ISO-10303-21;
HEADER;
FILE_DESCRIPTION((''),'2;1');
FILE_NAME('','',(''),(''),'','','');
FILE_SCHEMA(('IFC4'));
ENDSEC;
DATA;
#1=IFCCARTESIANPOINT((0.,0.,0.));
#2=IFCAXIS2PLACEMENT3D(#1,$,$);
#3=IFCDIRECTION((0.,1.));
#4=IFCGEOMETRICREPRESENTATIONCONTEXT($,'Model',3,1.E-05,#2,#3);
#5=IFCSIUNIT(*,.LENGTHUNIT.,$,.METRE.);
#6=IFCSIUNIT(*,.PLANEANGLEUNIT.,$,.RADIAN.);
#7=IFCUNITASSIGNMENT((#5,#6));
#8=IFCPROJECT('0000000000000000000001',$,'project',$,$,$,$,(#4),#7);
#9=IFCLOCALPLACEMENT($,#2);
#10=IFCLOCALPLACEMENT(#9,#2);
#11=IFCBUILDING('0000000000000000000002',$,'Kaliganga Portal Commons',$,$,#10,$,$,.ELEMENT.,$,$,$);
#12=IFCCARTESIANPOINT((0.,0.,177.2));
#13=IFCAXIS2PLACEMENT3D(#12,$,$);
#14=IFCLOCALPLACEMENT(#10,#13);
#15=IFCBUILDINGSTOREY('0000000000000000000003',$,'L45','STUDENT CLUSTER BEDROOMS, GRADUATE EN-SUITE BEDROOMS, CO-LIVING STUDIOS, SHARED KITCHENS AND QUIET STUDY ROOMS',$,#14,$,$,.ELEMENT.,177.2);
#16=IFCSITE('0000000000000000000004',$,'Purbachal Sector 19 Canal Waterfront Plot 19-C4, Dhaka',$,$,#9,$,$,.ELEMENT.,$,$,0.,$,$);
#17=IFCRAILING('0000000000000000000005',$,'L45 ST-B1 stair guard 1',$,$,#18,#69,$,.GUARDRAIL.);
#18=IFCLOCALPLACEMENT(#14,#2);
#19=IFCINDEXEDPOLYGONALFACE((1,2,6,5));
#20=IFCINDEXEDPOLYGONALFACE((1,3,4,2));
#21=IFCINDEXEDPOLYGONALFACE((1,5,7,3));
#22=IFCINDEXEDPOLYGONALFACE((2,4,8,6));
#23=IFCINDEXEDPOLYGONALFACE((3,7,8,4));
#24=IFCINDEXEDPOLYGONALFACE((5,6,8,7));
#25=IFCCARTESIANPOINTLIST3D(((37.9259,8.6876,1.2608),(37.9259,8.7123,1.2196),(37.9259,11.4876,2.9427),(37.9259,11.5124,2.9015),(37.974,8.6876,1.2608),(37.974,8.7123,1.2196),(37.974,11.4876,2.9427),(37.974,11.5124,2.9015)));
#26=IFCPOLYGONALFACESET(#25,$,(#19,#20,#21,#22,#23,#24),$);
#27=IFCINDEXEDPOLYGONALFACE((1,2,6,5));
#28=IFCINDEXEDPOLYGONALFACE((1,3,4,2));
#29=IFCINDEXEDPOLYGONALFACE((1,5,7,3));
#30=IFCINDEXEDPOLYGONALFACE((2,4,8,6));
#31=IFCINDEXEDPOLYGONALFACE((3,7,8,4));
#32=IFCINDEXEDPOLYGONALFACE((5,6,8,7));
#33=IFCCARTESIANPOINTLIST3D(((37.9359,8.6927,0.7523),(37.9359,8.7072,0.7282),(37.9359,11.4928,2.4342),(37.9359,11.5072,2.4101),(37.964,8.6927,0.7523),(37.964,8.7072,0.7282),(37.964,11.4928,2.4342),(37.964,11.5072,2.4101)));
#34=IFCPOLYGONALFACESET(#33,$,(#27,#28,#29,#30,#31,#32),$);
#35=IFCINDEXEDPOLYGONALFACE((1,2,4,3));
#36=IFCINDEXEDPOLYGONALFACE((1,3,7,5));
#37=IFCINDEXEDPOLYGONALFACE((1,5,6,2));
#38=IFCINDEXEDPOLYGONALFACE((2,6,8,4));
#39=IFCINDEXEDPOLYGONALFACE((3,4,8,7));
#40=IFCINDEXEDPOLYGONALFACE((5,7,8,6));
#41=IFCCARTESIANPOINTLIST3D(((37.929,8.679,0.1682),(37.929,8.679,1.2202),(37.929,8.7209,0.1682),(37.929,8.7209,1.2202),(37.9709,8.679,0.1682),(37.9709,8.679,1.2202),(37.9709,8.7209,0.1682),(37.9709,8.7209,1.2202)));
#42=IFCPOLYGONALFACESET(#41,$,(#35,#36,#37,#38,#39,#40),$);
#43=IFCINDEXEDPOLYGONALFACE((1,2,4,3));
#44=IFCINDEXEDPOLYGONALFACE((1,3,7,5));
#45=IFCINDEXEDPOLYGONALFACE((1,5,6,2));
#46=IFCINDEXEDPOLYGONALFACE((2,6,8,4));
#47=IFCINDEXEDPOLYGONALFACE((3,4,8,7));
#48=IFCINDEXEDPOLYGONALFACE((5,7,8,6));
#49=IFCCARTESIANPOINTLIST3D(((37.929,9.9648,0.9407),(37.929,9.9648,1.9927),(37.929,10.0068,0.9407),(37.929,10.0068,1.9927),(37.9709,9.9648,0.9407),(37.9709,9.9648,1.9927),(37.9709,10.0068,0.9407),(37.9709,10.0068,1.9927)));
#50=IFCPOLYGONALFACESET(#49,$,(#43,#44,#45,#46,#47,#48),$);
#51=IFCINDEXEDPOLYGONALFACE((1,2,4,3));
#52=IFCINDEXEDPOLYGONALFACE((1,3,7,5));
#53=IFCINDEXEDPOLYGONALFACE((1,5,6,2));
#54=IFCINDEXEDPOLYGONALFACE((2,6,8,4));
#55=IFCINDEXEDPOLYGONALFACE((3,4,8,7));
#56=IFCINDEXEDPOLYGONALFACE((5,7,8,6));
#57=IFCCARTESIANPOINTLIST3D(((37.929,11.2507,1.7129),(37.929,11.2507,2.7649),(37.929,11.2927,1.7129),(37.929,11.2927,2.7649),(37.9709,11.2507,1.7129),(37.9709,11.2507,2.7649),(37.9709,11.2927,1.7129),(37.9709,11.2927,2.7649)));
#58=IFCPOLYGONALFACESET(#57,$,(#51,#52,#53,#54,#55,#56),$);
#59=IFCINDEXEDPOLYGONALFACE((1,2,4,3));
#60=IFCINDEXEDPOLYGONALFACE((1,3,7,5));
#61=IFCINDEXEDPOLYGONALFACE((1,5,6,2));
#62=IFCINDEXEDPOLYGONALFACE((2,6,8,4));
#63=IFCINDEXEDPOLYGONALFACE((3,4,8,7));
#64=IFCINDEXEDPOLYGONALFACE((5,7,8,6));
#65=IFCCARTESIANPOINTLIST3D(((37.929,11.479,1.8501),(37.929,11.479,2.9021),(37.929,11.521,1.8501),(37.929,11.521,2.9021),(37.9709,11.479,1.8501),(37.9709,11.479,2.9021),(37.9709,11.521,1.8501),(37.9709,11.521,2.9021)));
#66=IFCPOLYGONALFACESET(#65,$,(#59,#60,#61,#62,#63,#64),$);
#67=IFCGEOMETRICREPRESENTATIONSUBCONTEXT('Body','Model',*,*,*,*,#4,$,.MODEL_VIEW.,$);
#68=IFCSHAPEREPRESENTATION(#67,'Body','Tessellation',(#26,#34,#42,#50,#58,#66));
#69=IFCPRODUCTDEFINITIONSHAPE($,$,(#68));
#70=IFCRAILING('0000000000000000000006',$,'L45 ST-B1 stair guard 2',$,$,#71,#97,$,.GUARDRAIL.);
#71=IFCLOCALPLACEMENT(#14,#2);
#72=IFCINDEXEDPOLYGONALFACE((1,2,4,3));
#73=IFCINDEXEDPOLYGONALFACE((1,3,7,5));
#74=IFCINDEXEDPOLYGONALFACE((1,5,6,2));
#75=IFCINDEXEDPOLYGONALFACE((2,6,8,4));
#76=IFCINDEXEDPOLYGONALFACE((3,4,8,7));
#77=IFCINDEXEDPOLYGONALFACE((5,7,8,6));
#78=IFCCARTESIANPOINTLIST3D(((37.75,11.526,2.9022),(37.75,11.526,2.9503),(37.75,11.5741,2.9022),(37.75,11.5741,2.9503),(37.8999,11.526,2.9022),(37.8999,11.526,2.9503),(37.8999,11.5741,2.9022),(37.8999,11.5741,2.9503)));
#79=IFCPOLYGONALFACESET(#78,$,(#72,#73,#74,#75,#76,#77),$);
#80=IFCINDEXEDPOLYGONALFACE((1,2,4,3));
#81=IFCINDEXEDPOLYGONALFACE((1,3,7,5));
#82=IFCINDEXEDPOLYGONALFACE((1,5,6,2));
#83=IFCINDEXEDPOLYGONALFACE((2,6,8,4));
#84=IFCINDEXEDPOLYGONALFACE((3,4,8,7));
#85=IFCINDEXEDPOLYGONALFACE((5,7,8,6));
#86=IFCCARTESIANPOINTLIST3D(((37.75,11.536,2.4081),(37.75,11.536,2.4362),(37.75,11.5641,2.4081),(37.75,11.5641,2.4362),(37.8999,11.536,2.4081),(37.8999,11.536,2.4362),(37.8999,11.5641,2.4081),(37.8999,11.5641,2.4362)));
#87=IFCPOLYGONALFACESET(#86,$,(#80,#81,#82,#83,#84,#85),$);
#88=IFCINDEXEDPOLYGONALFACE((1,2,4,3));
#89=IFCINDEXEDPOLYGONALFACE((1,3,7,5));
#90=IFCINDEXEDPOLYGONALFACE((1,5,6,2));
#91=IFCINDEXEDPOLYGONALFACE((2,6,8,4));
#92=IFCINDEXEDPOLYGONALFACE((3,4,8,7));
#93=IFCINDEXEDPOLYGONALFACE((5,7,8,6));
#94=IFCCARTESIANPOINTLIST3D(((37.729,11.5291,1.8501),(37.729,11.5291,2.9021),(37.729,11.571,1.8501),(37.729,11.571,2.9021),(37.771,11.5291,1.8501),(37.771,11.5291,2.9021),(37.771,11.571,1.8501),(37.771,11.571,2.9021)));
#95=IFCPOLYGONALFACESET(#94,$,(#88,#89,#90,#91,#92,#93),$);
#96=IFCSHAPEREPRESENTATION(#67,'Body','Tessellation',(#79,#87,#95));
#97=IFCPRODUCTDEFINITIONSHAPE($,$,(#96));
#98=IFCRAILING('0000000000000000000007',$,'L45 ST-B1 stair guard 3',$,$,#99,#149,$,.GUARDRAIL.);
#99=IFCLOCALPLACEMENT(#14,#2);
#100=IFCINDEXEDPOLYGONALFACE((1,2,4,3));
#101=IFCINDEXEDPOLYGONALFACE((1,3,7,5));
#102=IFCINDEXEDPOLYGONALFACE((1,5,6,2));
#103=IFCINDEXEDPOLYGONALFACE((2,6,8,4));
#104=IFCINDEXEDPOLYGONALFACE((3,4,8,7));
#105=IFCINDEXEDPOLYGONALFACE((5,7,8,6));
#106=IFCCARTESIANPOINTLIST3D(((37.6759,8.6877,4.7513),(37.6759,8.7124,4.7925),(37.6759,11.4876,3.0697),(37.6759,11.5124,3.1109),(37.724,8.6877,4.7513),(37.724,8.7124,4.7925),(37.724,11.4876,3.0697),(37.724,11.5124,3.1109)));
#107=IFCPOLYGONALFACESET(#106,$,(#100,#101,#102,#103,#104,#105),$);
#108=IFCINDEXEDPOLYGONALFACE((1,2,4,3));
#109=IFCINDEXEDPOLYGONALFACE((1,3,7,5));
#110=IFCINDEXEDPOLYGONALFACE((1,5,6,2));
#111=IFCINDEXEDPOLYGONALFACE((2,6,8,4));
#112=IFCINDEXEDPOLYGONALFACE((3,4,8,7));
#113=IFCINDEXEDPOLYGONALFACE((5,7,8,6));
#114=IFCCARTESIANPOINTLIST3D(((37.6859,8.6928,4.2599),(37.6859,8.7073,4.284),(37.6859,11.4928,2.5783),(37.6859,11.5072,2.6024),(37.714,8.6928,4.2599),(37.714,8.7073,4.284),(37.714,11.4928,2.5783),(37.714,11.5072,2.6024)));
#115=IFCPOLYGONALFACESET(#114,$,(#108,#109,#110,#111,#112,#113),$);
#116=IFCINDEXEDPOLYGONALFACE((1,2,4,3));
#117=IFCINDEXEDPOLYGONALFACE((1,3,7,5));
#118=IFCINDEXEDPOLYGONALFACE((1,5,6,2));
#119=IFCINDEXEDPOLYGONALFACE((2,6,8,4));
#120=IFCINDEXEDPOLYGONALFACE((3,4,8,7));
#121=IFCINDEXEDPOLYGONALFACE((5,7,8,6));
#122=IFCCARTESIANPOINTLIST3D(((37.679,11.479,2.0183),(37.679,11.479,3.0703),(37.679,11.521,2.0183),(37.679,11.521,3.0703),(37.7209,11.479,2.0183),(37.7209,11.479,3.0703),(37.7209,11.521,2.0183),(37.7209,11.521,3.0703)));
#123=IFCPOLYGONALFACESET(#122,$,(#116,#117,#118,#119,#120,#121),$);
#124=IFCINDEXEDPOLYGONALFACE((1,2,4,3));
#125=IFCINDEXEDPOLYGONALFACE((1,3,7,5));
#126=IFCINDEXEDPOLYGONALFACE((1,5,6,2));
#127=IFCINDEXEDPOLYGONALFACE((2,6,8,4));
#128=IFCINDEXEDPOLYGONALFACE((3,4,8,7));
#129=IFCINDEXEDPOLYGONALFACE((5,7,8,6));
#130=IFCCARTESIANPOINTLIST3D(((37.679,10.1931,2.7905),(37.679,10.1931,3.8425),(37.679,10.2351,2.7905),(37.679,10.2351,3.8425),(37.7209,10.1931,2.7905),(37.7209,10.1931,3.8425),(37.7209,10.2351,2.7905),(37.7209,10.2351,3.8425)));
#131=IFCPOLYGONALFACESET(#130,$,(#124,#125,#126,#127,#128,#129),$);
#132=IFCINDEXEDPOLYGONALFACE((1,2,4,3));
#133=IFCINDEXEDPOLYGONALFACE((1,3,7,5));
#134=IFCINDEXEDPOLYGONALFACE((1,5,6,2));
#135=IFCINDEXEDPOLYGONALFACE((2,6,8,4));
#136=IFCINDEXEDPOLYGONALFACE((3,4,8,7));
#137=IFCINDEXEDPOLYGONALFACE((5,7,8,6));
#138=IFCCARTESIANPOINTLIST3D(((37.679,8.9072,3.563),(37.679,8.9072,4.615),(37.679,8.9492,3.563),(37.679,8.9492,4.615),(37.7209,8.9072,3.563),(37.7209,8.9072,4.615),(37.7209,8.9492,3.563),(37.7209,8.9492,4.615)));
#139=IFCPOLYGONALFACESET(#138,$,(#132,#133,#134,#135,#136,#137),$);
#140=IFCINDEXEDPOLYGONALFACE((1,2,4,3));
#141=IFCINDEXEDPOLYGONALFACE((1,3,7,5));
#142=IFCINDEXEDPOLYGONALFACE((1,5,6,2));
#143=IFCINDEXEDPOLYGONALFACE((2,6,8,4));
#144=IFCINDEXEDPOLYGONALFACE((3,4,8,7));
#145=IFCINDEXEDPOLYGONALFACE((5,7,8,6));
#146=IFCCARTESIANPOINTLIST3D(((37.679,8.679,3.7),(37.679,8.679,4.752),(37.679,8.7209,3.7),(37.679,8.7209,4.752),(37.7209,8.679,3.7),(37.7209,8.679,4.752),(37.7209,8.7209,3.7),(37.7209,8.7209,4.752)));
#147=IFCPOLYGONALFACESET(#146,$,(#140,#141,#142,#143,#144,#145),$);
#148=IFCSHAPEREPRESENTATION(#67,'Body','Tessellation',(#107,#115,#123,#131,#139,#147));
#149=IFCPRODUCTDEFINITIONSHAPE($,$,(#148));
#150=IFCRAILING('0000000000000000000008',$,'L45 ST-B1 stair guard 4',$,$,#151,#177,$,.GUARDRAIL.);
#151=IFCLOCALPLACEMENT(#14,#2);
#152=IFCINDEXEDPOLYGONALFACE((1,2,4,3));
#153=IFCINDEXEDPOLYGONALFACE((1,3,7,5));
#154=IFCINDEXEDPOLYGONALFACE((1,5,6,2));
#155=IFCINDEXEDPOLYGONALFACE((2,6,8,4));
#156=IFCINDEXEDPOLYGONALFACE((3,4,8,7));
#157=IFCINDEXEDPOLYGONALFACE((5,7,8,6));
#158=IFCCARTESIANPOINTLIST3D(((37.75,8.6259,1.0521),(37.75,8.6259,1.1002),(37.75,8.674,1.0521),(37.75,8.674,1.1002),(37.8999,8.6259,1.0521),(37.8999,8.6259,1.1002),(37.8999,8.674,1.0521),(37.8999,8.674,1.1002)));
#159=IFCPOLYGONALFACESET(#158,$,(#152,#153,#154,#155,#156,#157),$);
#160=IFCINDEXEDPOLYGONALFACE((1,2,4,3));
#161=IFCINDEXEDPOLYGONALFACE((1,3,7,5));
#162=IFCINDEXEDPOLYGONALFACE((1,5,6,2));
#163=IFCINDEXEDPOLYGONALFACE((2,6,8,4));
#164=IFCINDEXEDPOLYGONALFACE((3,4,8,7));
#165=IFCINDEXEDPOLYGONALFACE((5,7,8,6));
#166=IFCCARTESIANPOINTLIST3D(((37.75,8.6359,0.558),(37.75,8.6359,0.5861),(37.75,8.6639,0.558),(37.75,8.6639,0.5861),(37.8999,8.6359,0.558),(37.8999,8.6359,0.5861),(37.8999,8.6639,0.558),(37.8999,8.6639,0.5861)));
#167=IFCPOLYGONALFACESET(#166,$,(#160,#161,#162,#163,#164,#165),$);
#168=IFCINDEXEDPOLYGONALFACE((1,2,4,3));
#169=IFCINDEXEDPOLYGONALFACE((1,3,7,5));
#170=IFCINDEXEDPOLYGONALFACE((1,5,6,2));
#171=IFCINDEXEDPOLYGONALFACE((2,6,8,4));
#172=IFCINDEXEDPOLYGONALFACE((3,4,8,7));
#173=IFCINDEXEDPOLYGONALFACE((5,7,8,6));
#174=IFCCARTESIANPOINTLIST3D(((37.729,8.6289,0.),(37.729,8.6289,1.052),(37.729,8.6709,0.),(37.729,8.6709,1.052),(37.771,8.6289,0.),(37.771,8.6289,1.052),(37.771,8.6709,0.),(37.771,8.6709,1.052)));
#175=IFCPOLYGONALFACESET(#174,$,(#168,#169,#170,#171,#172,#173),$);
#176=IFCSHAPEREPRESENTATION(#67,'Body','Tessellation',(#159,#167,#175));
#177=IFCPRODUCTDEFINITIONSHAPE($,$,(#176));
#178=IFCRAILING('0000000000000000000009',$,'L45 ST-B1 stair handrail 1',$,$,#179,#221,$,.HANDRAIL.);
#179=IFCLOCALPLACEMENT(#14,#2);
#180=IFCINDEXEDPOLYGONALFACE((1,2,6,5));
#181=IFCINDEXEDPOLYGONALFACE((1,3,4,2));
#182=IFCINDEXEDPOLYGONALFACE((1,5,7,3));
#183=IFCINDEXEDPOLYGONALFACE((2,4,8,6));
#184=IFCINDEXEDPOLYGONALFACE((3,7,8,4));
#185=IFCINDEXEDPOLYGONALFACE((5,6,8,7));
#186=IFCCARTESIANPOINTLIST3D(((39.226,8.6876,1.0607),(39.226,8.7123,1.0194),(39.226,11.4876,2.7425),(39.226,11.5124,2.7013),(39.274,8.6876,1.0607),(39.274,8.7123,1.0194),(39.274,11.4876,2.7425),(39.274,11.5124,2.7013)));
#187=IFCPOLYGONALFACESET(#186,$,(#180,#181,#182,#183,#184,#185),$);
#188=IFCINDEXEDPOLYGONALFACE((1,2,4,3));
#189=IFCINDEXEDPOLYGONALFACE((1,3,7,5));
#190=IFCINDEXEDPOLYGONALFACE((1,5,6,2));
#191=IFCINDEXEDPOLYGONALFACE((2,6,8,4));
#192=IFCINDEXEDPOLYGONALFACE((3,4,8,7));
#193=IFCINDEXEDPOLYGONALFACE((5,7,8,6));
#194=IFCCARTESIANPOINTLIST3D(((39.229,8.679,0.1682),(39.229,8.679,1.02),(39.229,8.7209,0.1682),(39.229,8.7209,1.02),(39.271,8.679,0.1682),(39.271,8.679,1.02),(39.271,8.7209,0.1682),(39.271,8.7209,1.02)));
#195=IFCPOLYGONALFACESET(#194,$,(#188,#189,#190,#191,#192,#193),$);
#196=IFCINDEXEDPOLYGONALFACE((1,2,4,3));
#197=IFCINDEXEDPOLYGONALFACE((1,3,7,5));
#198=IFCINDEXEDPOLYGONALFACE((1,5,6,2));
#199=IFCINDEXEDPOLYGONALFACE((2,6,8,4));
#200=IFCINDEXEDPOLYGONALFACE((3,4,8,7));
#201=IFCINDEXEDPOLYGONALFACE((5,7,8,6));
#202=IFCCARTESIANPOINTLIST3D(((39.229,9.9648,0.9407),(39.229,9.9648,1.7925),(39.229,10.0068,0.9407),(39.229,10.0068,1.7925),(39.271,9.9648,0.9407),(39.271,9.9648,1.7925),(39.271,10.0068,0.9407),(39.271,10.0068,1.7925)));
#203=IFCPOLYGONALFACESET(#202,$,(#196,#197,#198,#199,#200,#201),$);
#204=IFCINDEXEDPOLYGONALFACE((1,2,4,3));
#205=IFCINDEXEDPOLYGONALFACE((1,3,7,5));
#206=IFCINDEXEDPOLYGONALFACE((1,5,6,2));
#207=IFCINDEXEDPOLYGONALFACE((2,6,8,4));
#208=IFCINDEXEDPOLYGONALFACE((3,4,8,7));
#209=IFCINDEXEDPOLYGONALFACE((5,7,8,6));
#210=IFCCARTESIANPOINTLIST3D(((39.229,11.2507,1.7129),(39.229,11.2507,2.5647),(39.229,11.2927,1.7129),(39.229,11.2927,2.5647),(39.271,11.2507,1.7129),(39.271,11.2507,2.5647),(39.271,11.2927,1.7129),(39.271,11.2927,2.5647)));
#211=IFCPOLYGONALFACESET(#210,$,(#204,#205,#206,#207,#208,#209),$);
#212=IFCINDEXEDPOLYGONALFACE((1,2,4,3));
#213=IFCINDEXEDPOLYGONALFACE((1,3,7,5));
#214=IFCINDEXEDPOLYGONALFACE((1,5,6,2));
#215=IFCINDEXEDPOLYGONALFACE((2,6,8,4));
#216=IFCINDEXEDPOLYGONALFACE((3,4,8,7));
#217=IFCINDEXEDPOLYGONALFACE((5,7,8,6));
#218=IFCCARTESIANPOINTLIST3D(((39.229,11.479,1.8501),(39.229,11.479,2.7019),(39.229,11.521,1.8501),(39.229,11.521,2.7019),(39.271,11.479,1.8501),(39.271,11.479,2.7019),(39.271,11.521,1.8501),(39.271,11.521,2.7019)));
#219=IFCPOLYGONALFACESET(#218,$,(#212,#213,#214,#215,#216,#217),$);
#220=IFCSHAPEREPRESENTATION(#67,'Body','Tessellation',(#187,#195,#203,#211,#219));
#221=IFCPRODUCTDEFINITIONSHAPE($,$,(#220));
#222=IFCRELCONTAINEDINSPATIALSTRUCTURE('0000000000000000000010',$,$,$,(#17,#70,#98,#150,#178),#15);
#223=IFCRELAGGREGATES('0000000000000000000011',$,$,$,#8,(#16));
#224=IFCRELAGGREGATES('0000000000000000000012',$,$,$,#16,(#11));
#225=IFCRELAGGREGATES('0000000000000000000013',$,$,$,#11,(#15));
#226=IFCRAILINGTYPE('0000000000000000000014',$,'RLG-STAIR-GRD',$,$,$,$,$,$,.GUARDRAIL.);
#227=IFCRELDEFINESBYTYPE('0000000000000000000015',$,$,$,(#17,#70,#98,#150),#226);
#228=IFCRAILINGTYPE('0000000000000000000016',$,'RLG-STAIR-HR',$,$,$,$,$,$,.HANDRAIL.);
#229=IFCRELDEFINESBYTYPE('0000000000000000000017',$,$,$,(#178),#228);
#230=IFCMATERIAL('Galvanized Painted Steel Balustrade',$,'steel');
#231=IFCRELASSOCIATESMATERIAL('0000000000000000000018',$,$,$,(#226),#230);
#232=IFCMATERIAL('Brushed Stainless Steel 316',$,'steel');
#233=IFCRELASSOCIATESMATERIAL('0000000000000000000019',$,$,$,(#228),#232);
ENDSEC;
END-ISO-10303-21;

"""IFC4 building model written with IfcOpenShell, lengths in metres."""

from ifc_helpers import new_model, si_unit, direction, frame, origin, origin_2d, place, context, subcontext, project, spatial, rectangle, extrude, material, type_object, element, save


model = new_model("IFC4")

# Units and contexts
model_context = context("Model", 3, precision=1e-05, world=origin(), true_north=direction((0.0, 1.0)))
body_context = subcontext(model_context, "Body", "Model", "MODEL_VIEW")
ifc_project = project(units=[si_unit("LENGTHUNIT", "METRE"), si_unit("PLANEANGLEUNIT", "RADIAN")], contexts=[model_context])

# Site, building, storey
site_placement = place(None, origin())
site = spatial("IfcSite", under=ifc_project, at=site_placement, Name="Purbachal Sector 19 Canal Waterfront Plot 19-C4, Dhaka", CompositionType="ELEMENT", RefElevation=0.0)
building_placement = place(site_placement, origin())
building = spatial("IfcBuilding", under=site, at=building_placement, Name="Kaliganga Portal Commons", CompositionType="ELEMENT")
storey_placement = place(building_placement, frame((0.0, 0.0, 177.2)))
storey = spatial("IfcBuildingStorey", under=building, at=storey_placement, Name="L45", Description="STUDENT CLUSTER BEDROOMS, GRADUATE EN-SUITE BEDROOMS, CO-LIVING STUDIOS, SHARED KITCHENS AND QUIET STUDY ROOMS", CompositionType="ELEMENT", Elevation=177.2)

# Railings
ifc_material_1 = material(Name="Galvanized Painted Steel Balustrade", Category="steel")
railing_type_1 = type_object("IfcRailingType", Name="RLG-STAIR-GRD", PredefinedType="GUARDRAIL", material=ifc_material_1)
railing_1_placement = place(storey_placement, frame((37.95, 8.7, 0.1682)))
element("IfcRailing", 1, at=railing_1_placement, inside=storey, type_object=railing_type_1, Name="L45 ST-B1 stair guard 1", PredefinedType="GUARDRAIL", context=body_context, shape_type="SweptSolid", body=[
    extrude(rectangle(XDim=0.0481, YDim=0.0481, at=origin_2d()), frame((0.0, 0.0, 1.072), z_axis=(0.0, 0.857242, 0.514913), x_axis=(-1.0, 0.0, 0.0)), (0.0, 0.0, 1.0), 3.2664),
    extrude(rectangle(XDim=0.0281, YDim=0.0281, at=origin_2d()), frame((0.0, 0.0, 0.572), z_axis=(0.0, 0.857242, 0.514913), x_axis=(-1.0, 0.0, 0.0)), (0.0, 0.0, 1.0), 3.2664),
    extrude(rectangle(XDim=0.042, YDim=0.042, at=origin_2d()), origin(), (0.0, 0.0, 1.0), 1.052),
    extrude(rectangle(XDim=0.042, YDim=0.042, at=origin_2d()), frame((0.0, 1.2859, 0.7725)), (0.0, 0.0, 1.0), 1.052),
    extrude(rectangle(XDim=0.042, YDim=0.042, at=origin_2d()), frame((0.0, 2.5718, 1.5447)), (0.0, 0.0, 1.0), 1.052),
    extrude(rectangle(XDim=0.042, YDim=0.042, at=origin_2d()), frame((0.0, 2.8, 1.6819)), (0.0, 0.0, 1.0), 1.052),
])
railing_2_placement = place(storey_placement, frame((37.8999, 11.55, 1.8501)))
element("IfcRailing", 2, at=railing_2_placement, inside=storey, type_object=railing_type_1, Name="L45 ST-B1 stair guard 2", PredefinedType="GUARDRAIL", context=body_context, shape_type="SweptSolid", body=[
    extrude(rectangle(XDim=0.0481, YDim=0.0481, at=origin_2d()), frame((0.0, 0.0, 1.0762), z_axis=(-1.0, 0.0, 0.0), x_axis=(0.0, -1.0, 0.0)), (0.0, 0.0, 1.0), 0.1499),
    extrude(rectangle(XDim=0.0281, YDim=0.0281, at=origin_2d()), frame((0.0, 0.0, 0.572), z_axis=(-1.0, 0.0, 0.0), x_axis=(0.0, -1.0, 0.0)), (0.0, 0.0, 1.0), 0.1499),
    extrude(rectangle(XDim=0.042, YDim=0.042, at=origin_2d()), frame((-0.1499, 0.0, 0.0)), (0.0, 0.0, 1.0), 1.052),
])
railing_3_placement = place(storey_placement, frame((37.7, 11.5, 2.0183)))
element("IfcRailing", 3, at=railing_3_placement, inside=storey, type_object=railing_type_1, Name="L45 ST-B1 stair guard 3", PredefinedType="GUARDRAIL", context=body_context, shape_type="SweptSolid", body=[
    extrude(rectangle(XDim=0.0481, YDim=0.0481, at=origin_2d()), frame((0.0, 0.0, 1.072), z_axis=(0.0, -0.857275, 0.514858), x_axis=(1.0, 0.0, 0.0)), (0.0, 0.0, 1.0), 3.2661),
    extrude(rectangle(XDim=0.0281, YDim=0.0281, at=origin_2d()), frame((0.0, 0.0, 0.572), z_axis=(0.0, -0.857275, 0.514858), x_axis=(1.0, 0.0, 0.0)), (0.0, 0.0, 1.0), 3.2661),
    extrude(rectangle(XDim=0.042, YDim=0.042, at=origin_2d()), origin(), (0.0, 0.0, 1.0), 1.052),
    extrude(rectangle(XDim=0.042, YDim=0.042, at=origin_2d()), frame((0.0, -1.2859, 0.7722)), (0.0, 0.0, 1.0), 1.052),
    extrude(rectangle(XDim=0.042, YDim=0.042, at=origin_2d()), frame((0.0, -2.5718, 1.5447)), (0.0, 0.0, 1.0), 1.052),
    extrude(rectangle(XDim=0.042, YDim=0.042, at=origin_2d()), frame((0.0, -2.8, 1.6816)), (0.0, 0.0, 1.0), 1.052),
])
railing_4_placement = place(storey_placement, frame((37.8999, 8.6499, 0.0)))
element("IfcRailing", 4, at=railing_4_placement, inside=storey, type_object=railing_type_1, Name="L45 ST-B1 stair guard 4", PredefinedType="GUARDRAIL", context=body_context, shape_type="SweptSolid", body=[
    extrude(rectangle(XDim=0.0481, YDim=0.0481, at=origin_2d()), frame((0.0, 0.0, 1.0762), z_axis=(-1.0, 0.0, 0.0), x_axis=(0.0, -1.0, 0.0)), (0.0, 0.0, 1.0), 0.1499),
    extrude(rectangle(XDim=0.0281, YDim=0.0281, at=origin_2d()), frame((0.0, 0.0, 0.572), z_axis=(-1.0, 0.0, 0.0), x_axis=(0.0, -1.0, 0.0)), (0.0, 0.0, 1.0), 0.1499),
    extrude(rectangle(XDim=0.042, YDim=0.042, at=origin_2d()), frame((-0.1499, 0.0, 0.0)), (0.0, 0.0, 1.0), 1.052),
])
ifc_material_2 = material(Name="Brushed Stainless Steel 316", Category="steel")
railing_type_2 = type_object("IfcRailingType", Name="RLG-STAIR-HR", PredefinedType="HANDRAIL", material=ifc_material_2)
railing_5_placement = place(storey_placement, frame((39.25, 8.7, 0.1682)))
element("IfcRailing", 5, at=railing_5_placement, inside=storey, type_object=railing_type_2, Name="L45 ST-B1 stair handrail 1", PredefinedType="HANDRAIL", context=body_context, shape_type="SweptSolid", body=[
    extrude(rectangle(XDim=0.0481, YDim=0.0481, at=origin_2d()), frame((0.0, 0.0, 0.8718), z_axis=(0.0, 0.857242, 0.514913), x_axis=(-1.0, 0.0, 0.0)), (0.0, 0.0, 1.0), 3.2664),
    extrude(rectangle(XDim=0.042, YDim=0.042, at=origin_2d()), origin(), (0.0, 0.0, 1.0), 0.8518),
    extrude(rectangle(XDim=0.042, YDim=0.042, at=origin_2d()), frame((0.0, 1.2859, 0.7725)), (0.0, 0.0, 1.0), 0.8518),
    extrude(rectangle(XDim=0.042, YDim=0.042, at=origin_2d()), frame((0.0, 2.5718, 1.5447)), (0.0, 0.0, 1.0), 0.8518),
    extrude(rectangle(XDim=0.042, YDim=0.042, at=origin_2d()), frame((0.0, 2.8, 1.6819)), (0.0, 0.0, 1.0), 0.8518),
])

save(model, "model.ifc")
